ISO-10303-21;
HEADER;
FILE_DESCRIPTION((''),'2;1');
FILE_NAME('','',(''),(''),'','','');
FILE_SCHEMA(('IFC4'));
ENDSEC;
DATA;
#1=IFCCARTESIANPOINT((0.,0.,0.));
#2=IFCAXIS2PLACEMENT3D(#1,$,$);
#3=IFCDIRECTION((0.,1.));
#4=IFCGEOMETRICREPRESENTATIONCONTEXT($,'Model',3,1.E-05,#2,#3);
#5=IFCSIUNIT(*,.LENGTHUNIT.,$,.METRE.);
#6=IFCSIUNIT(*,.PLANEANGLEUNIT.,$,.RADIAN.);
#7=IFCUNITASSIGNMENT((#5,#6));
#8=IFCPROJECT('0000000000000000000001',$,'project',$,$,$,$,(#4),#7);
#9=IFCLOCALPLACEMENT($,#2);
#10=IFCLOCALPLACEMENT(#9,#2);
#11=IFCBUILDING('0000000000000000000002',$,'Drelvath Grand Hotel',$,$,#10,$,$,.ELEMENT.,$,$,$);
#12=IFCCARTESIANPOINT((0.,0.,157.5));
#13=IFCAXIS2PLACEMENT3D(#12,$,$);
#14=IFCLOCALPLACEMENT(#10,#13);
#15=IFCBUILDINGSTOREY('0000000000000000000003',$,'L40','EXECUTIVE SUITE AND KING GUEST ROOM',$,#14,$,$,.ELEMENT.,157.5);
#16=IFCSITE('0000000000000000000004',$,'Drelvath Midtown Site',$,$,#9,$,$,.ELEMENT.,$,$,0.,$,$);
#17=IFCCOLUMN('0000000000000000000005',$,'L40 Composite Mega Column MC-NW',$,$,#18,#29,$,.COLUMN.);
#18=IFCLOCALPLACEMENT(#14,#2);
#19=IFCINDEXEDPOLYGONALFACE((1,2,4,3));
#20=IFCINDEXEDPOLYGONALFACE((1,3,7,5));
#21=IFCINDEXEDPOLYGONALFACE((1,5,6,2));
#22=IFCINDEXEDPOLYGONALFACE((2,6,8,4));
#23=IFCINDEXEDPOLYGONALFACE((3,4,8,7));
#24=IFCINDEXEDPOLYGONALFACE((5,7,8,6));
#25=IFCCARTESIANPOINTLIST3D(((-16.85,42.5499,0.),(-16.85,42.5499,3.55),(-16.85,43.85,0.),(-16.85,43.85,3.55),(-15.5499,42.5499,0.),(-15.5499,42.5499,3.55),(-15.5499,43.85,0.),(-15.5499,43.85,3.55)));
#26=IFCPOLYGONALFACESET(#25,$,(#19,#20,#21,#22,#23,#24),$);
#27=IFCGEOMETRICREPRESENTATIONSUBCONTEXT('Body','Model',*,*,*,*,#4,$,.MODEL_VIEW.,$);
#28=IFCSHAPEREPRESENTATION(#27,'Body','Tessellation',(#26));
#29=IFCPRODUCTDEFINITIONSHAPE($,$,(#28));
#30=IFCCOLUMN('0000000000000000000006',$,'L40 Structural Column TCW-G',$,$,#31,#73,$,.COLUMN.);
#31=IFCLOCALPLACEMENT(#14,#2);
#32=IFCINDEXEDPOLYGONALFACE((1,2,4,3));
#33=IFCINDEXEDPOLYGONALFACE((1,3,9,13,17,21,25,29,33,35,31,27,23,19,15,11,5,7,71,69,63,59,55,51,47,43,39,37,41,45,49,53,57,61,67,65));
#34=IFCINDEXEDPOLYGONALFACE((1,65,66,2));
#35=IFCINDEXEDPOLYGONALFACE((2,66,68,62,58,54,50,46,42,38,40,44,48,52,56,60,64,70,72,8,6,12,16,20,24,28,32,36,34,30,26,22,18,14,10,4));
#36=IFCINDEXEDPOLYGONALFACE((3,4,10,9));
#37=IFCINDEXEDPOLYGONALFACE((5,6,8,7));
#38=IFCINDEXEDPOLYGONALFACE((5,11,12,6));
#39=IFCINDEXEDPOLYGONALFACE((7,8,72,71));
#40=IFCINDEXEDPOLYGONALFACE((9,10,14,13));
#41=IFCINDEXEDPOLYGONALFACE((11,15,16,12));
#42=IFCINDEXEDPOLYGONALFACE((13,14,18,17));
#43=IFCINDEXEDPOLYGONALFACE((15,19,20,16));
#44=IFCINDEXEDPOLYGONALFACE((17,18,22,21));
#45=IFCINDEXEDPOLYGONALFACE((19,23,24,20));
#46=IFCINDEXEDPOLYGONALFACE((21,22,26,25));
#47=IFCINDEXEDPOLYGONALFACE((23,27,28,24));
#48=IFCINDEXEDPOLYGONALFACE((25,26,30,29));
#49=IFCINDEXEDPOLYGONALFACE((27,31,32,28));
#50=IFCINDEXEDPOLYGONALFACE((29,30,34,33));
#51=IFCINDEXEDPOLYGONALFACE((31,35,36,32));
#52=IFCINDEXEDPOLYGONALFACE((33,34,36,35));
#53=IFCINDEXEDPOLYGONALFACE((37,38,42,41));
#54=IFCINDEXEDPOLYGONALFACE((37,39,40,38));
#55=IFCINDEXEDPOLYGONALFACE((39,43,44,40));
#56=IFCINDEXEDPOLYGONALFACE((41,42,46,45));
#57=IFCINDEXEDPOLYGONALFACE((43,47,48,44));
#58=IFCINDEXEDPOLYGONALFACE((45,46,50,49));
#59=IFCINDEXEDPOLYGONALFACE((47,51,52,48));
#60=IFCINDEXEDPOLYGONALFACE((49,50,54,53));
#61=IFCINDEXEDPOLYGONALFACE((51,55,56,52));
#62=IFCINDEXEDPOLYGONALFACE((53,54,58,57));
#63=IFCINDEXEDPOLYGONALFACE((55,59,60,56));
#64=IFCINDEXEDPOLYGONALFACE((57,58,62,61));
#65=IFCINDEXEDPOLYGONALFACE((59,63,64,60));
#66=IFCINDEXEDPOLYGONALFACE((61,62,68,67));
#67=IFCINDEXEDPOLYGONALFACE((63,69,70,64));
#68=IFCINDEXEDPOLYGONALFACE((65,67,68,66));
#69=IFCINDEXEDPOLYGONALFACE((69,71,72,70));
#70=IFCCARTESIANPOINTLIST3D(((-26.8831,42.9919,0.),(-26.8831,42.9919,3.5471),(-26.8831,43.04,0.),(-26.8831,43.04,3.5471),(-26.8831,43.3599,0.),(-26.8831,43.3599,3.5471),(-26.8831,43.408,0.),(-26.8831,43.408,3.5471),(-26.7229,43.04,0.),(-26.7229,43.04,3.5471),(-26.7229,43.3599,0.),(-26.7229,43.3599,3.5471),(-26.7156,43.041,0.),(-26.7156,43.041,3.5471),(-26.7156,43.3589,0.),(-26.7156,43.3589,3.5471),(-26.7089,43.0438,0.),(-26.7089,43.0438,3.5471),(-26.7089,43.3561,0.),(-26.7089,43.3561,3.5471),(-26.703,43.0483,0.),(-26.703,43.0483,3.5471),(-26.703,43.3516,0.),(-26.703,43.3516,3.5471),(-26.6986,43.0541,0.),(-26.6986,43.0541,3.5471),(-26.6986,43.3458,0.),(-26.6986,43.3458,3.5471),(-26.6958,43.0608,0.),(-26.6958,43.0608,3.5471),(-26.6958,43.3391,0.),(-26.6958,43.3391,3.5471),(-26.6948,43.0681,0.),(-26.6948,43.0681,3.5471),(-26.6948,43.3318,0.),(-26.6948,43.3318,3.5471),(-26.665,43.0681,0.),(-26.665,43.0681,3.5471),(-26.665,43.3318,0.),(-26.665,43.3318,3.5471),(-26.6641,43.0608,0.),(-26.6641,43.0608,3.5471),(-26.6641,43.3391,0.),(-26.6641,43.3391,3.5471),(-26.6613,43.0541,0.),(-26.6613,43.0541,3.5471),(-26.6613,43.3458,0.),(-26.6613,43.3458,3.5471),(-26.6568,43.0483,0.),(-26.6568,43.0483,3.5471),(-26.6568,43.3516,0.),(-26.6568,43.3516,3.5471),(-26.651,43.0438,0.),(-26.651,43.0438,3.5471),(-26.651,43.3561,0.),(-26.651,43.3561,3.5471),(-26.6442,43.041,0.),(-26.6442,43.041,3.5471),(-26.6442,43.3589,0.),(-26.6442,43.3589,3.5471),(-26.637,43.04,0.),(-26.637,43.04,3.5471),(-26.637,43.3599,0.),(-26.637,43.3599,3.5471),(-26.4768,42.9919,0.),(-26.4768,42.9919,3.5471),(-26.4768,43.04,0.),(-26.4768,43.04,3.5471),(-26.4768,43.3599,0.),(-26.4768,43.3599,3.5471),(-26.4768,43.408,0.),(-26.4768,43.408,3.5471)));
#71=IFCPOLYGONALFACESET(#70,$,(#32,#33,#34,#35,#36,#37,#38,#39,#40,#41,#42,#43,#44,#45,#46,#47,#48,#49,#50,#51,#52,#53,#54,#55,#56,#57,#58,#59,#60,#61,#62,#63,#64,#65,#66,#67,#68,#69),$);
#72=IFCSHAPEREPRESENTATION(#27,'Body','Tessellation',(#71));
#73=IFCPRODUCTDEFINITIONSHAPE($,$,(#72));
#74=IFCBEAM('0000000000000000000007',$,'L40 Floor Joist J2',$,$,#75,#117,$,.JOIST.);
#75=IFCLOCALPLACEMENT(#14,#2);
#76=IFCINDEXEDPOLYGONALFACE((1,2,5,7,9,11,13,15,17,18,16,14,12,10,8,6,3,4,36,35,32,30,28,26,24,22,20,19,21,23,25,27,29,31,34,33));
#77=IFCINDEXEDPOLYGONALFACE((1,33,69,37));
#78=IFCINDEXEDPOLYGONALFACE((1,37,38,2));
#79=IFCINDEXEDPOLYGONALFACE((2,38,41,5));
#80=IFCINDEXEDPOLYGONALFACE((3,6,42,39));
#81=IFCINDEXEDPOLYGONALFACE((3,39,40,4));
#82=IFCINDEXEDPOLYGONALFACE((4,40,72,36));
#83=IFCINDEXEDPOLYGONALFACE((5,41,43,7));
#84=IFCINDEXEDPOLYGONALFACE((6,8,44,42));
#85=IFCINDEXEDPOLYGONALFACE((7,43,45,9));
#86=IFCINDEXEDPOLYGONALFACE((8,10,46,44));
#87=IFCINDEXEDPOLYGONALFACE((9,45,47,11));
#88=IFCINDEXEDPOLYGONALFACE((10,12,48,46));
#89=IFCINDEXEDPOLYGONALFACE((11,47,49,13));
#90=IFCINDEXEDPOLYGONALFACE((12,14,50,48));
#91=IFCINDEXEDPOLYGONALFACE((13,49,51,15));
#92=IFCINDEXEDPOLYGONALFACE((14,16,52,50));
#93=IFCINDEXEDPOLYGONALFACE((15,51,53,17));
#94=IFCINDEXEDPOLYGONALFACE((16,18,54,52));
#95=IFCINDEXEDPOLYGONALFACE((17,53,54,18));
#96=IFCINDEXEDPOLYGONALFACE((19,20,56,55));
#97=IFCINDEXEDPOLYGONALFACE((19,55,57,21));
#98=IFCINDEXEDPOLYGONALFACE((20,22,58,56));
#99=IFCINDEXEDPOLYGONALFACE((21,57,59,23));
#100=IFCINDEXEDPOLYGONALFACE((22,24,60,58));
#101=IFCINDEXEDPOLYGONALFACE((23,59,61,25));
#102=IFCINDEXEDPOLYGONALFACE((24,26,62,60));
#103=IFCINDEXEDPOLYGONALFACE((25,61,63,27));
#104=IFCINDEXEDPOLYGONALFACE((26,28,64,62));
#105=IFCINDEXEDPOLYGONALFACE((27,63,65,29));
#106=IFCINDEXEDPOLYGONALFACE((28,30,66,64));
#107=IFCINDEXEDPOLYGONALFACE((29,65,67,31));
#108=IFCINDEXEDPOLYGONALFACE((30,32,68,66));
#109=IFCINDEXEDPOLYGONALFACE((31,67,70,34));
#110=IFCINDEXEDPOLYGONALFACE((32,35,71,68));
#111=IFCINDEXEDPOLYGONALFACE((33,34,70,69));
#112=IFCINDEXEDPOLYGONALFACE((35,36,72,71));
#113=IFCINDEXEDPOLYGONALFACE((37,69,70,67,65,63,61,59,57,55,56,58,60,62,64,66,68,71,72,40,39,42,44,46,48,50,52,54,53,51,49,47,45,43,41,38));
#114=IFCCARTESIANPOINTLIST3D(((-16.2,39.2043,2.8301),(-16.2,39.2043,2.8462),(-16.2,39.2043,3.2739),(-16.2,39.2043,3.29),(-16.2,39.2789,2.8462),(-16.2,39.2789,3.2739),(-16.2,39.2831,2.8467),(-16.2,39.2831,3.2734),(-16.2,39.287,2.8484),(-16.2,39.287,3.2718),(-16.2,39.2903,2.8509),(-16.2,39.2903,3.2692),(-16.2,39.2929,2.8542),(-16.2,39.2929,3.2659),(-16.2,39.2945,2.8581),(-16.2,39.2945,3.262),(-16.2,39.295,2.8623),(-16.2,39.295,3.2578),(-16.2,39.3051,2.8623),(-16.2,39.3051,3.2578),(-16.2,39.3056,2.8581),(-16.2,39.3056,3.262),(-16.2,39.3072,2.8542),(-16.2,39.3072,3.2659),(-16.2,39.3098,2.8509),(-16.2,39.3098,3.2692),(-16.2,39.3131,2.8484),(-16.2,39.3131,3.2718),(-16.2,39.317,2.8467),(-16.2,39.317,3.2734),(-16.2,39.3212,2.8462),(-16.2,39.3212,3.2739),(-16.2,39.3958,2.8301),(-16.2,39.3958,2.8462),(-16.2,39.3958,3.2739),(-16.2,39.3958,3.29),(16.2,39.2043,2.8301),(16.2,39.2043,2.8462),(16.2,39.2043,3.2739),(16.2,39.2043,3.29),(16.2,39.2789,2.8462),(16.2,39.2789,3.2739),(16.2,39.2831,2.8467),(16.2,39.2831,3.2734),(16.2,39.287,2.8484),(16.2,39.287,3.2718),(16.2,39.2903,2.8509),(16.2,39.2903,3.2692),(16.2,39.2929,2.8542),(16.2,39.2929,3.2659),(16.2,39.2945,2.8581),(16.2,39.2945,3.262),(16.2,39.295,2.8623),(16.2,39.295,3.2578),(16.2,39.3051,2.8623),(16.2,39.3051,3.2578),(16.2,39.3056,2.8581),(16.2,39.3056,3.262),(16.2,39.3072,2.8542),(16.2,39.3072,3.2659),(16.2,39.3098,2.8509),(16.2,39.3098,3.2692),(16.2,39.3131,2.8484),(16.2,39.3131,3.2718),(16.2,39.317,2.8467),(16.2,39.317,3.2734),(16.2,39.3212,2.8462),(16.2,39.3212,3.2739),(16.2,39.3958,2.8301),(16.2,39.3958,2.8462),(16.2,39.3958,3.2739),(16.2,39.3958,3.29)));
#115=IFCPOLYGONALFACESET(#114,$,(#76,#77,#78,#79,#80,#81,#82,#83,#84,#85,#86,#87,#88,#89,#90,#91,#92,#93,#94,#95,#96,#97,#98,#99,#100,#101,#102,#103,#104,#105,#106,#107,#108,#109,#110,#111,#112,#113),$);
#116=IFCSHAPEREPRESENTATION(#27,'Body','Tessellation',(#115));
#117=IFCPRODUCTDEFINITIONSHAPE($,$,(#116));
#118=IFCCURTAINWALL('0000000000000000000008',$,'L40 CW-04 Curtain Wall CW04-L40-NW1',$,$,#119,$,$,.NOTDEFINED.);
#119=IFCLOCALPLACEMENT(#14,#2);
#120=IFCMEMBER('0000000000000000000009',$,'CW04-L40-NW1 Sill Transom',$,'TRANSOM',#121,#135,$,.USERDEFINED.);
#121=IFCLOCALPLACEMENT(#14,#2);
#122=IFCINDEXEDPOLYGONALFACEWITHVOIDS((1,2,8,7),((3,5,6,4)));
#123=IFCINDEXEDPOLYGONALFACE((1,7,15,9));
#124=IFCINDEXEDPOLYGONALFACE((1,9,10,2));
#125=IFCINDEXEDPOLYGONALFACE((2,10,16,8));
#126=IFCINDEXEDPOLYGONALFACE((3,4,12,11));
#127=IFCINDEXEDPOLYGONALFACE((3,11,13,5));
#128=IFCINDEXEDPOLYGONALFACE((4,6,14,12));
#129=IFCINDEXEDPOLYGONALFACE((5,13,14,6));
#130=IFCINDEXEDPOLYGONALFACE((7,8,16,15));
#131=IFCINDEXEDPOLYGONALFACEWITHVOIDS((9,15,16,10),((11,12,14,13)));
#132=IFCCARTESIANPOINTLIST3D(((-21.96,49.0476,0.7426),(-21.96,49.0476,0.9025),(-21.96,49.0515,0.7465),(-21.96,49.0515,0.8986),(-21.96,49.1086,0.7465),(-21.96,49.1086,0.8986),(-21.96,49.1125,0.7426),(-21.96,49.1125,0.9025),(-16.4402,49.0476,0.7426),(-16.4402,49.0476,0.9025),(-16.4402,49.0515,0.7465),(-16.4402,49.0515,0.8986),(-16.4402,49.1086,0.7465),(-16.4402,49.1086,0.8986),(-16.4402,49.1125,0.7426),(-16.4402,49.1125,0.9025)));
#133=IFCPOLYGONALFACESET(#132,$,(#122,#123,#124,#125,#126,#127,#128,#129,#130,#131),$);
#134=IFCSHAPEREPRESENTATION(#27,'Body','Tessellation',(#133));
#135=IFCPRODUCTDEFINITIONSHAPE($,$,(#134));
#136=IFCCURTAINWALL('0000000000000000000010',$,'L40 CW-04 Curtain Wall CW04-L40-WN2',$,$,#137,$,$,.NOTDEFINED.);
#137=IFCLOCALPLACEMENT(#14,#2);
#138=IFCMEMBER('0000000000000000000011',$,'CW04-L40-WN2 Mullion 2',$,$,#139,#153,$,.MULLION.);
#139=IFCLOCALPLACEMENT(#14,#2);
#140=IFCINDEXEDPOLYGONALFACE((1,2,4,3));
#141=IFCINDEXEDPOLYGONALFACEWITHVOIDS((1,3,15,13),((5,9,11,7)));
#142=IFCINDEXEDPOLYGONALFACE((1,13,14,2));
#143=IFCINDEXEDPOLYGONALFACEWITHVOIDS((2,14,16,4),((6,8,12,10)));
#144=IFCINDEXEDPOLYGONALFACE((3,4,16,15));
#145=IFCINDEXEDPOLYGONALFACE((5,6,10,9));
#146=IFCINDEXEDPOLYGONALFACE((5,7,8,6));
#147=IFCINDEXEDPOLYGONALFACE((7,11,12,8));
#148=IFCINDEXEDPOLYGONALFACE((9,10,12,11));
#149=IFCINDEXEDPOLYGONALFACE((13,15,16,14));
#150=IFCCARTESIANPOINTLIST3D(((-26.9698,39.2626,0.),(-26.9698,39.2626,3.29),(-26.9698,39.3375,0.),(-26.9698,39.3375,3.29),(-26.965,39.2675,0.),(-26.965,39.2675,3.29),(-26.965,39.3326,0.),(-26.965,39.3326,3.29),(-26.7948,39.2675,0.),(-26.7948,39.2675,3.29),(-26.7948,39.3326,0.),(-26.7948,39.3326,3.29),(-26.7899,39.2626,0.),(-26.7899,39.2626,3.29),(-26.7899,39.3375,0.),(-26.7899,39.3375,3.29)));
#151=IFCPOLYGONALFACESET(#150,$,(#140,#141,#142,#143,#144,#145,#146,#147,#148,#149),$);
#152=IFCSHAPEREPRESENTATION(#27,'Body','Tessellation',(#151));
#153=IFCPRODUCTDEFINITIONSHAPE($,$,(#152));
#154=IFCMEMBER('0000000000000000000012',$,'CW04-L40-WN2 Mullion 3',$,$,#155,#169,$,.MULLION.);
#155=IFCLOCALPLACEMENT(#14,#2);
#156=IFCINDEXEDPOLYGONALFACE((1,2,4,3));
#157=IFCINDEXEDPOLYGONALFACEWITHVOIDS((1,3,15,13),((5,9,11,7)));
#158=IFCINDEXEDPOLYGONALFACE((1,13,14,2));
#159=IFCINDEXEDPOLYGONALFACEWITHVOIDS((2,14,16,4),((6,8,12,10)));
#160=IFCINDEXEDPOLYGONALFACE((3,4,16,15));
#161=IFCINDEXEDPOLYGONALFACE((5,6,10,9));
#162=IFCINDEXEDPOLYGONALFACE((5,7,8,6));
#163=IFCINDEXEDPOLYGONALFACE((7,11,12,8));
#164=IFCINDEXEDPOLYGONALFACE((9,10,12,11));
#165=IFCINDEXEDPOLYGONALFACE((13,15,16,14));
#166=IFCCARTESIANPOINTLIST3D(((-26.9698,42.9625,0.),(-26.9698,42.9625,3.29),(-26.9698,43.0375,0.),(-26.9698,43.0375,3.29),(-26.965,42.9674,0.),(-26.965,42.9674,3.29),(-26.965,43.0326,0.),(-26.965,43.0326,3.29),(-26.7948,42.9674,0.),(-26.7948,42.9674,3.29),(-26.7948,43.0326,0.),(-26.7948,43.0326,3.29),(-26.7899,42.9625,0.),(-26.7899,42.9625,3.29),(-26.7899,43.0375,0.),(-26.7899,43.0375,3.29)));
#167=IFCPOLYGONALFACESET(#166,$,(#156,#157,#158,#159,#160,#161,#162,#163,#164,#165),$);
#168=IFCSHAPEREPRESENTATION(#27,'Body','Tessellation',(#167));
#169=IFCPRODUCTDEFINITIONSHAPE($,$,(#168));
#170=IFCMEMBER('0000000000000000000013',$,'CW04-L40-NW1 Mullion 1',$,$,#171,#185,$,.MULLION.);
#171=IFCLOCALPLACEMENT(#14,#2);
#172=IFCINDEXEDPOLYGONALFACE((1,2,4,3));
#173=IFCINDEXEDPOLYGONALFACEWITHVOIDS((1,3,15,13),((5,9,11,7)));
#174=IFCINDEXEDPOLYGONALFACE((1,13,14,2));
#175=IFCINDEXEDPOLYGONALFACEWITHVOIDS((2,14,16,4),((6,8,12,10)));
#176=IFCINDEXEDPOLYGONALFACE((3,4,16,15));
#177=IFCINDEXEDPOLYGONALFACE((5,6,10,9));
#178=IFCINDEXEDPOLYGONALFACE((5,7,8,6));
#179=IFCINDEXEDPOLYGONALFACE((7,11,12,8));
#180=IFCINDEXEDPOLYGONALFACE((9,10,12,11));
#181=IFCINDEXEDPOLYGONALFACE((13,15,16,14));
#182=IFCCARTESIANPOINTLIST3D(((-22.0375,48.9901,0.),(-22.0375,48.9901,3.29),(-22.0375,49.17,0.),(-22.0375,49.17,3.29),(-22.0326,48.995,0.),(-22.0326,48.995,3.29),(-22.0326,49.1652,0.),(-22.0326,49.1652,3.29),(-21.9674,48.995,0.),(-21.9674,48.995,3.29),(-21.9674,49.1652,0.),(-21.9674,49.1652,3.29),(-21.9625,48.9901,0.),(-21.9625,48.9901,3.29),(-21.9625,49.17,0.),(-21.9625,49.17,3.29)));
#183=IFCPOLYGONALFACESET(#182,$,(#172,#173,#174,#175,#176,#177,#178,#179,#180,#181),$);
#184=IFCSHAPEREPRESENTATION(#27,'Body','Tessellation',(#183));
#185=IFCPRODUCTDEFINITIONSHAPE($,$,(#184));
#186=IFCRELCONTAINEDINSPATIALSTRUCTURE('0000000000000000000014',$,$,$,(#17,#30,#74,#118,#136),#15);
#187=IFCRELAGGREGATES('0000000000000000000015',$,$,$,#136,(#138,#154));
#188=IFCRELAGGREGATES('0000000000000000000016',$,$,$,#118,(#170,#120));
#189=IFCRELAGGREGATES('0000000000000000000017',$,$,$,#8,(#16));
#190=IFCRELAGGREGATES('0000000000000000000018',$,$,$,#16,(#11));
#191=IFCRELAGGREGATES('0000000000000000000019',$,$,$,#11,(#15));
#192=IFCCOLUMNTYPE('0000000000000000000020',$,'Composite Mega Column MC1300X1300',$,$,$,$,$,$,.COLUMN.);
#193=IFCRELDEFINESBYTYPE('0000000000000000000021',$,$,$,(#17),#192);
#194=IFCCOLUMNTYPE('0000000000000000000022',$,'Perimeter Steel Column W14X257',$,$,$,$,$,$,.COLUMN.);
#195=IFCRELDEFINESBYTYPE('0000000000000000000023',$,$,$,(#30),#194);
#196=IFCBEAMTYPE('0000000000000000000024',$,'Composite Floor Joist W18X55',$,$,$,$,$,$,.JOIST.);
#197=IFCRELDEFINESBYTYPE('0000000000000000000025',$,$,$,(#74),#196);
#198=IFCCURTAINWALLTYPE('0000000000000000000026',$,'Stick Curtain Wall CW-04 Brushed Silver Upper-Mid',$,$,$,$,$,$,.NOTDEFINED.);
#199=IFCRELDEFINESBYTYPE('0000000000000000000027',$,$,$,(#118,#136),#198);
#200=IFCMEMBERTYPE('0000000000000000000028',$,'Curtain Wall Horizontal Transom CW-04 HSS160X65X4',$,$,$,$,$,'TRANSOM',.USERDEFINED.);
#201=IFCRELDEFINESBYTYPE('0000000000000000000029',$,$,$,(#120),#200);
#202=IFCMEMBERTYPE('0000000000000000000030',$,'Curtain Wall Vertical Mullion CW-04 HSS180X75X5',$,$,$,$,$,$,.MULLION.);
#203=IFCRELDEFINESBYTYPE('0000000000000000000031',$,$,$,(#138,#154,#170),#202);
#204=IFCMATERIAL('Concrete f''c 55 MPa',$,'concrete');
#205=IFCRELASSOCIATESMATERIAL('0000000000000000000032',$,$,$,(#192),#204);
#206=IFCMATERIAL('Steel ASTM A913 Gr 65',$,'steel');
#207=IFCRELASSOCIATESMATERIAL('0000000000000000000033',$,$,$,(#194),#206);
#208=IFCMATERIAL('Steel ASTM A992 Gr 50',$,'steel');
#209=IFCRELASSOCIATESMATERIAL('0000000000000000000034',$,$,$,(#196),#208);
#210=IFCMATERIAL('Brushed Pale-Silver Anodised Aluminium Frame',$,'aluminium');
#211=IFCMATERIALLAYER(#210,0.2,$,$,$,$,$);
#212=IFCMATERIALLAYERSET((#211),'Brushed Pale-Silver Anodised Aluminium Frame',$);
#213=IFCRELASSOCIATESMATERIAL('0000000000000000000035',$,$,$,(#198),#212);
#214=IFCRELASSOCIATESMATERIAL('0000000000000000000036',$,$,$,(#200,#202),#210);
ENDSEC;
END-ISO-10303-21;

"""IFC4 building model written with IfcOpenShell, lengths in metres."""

from ifc_helpers import new_model, si_unit, direction, frame, origin, origin_2d, place, context, subcontext, project, spatial, rectangle, hollow_rectangle, i_section, extrude, material, layer, layer_set, material_profile, profile_set, type_object, element, aggregate, save


model = new_model("IFC4")

# Units and contexts
model_context = context("Model", 3, precision=1e-05, world=origin(), true_north=direction((0.0, 1.0)))
body_context = subcontext(model_context, "Body", "Model", "MODEL_VIEW")
ifc_project = project(units=[si_unit("LENGTHUNIT", "METRE"), si_unit("PLANEANGLEUNIT", "RADIAN")], contexts=[model_context])

# Site, building, storey
site_placement = place(None, origin())
site = spatial("IfcSite", under=ifc_project, at=site_placement, Name="Drelvath Midtown Site", CompositionType="ELEMENT", RefElevation=0.0)
building_placement = place(site_placement, origin())
building = spatial("IfcBuilding", under=site, at=building_placement, Name="Drelvath Grand Hotel", CompositionType="ELEMENT")
storey_placement = place(building_placement, frame((0.0, 0.0, 157.5)))
storey = spatial("IfcBuildingStorey", under=building, at=storey_placement, Name="L40", Description="EXECUTIVE SUITE AND KING GUEST ROOM", CompositionType="ELEMENT", Elevation=157.5)

# Columns
ifc_material_1 = material(Name="Concrete f'c 55 MPa", Category="concrete")
ifc_material_profile_1 = material_profile(ifc_material_1, rectangle(XDim=1.3, YDim=1.3, at=origin_2d()), Name="MC1300X1300")
ifc_profile_set_1 = profile_set([ifc_material_profile_1], Name="Concrete f'c 55 MPa")
column_type_1 = type_object("IfcColumnType", Name="Composite Mega Column MC1300X1300", PredefinedType="COLUMN", material=ifc_profile_set_1)
column_1_placement = place(storey_placement, frame((-16.2, 43.2, 0.0), z_axis=(0.0, 0.0, 1.0), x_axis=(1.0, 0.0, 0.0)))
element("IfcColumn", 1, at=column_1_placement, inside=storey, type_object=column_type_1, Name="L40 Composite Mega Column MC-NW", PredefinedType="COLUMN", context=body_context, shape_type="SweptSolid", body=[
    extrude(rectangle(XDim=1.3, YDim=1.3, at=origin_2d()), origin(), (0.0, 0.0, 1.0), 3.55),
])
ifc_material_2 = material(Name="Steel ASTM A913 Gr 65", Category="steel")
ifc_material_profile_2 = material_profile(ifc_material_2, i_section(OverallWidth=0.4062, OverallDepth=0.416, WebThickness=0.0298, FlangeThickness=0.0481, FilletRadius=0.0281, at=origin_2d()), Name="W14X257")
ifc_profile_set_2 = profile_set([ifc_material_profile_2], Name="Steel ASTM A913 Gr 65")
column_type_2 = type_object("IfcColumnType", Name="Perimeter Steel Column W14X257", PredefinedType="COLUMN", material=ifc_profile_set_2)
column_2_placement = place(storey_placement, frame((-26.6799, 43.2, 0.0), z_axis=(0.0, 0.0, 1.0), x_axis=(1.0, 0.0, 0.0)))
element("IfcColumn", 2, at=column_2_placement, inside=storey, type_object=column_type_2, Name="L40 Structural Column TCW-G", PredefinedType="COLUMN", context=body_context, shape_type="SweptSolid", body=[
    extrude(i_section(OverallWidth=0.4062, OverallDepth=0.416, WebThickness=0.0298, FlangeThickness=0.0481, FilletRadius=0.0281, at=origin_2d()), origin(), (0.0, 0.0, 1.0), 3.5471),
])

# Beam
ifc_material_3 = material(Name="Steel ASTM A992 Gr 50", Category="steel")
ifc_material_profile_3 = material_profile(ifc_material_3, i_section(OverallWidth=0.1914, OverallDepth=0.46, WebThickness=0.01, FlangeThickness=0.0161, FilletRadius=0.0161, at=origin_2d()), Name="W18X55")
ifc_profile_set_3 = profile_set([ifc_material_profile_3], Name="Steel ASTM A992 Gr 50")
beam_type_1 = type_object("IfcBeamType", Name="Composite Floor Joist W18X55", PredefinedType="JOIST", material=ifc_profile_set_3)
beam_1_placement = place(storey_placement, frame((-16.2, 39.3, 3.0601), z_axis=(1.0, 0.0, 0.0), x_axis=(0.0, 1.0, 0.0)))
element("IfcBeam", 3, at=beam_1_placement, inside=storey, type_object=beam_type_1, Name="L40 Floor Joist J2", PredefinedType="JOIST", context=body_context, shape_type="SweptSolid", body=[
    extrude(i_section(OverallWidth=0.1914, OverallDepth=0.46, WebThickness=0.01, FlangeThickness=0.0161, FilletRadius=0.0161, at=origin_2d()), origin(), (0.0, 0.0, 1.0), 32.3999),
])

# Curtain wall, member
ifc_material_4 = material(Name="Brushed Pale-Silver Anodised Aluminium Frame", Category="aluminium")
ifc_layer_1 = layer(ifc_material_4, 0.2)
ifc_layer_set_1 = layer_set([ifc_layer_1], Name="Brushed Pale-Silver Anodised Aluminium Frame")
curtain_wall_type = type_object("IfcCurtainWallType", Name="Stick Curtain Wall CW-04 Brushed Silver Upper-Mid", PredefinedType="NOTDEFINED", material=ifc_layer_set_1)
curtain_wall_1_placement = place(storey_placement, origin())
curtain_wall_1 = element("IfcCurtainWall", 4, at=curtain_wall_1_placement, inside=storey, type_object=curtain_wall_type, Name="L40 CW-04 Curtain Wall CW04-L40-NW1", PredefinedType="NOTDEFINED")
ifc_material_profile_4 = material_profile(ifc_material_4, hollow_rectangle(XDim=0.0649, YDim=0.1599, WallThickness=0.0039, at=origin_2d()), Name="HSS160X65X4")
ifc_profile_set_4 = profile_set([ifc_material_profile_4], Name="Brushed Pale-Silver Anodised Aluminium Frame")
member_type_1 = type_object("IfcMemberType", Name="Curtain Wall Horizontal Transom CW-04 HSS160X65X4", ElementType="TRANSOM", PredefinedType="USERDEFINED", material=ifc_profile_set_4)
member_1_placement = place(storey_placement, frame((-21.96, 49.0801, 0.8225), z_axis=(1.0, 0.0, 0.0), x_axis=(0.0, 1.0, 0.0)))
member_1 = element("IfcMember", 5, at=member_1_placement, type_object=member_type_1, Name="CW04-L40-NW1 Sill Transom", ObjectType="TRANSOM", PredefinedType="USERDEFINED", context=body_context, shape_type="SweptSolid", body=[
    extrude(hollow_rectangle(XDim=0.0649, YDim=0.1599, WallThickness=0.0039, at=origin_2d()), origin(), (0.0, 0.0, 1.0), 5.5198),
])

# Curtain wall, members
curtain_wall_2_placement = place(storey_placement, origin())
curtain_wall_2 = element("IfcCurtainWall", 6, at=curtain_wall_2_placement, inside=storey, type_object=curtain_wall_type, Name="L40 CW-04 Curtain Wall CW04-L40-WN2", PredefinedType="NOTDEFINED")
ifc_material_profile_5 = material_profile(ifc_material_4, hollow_rectangle(XDim=0.075, YDim=0.1799, WallThickness=0.0049, at=origin_2d()), Name="HSS180X75X5")
ifc_profile_set_5 = profile_set([ifc_material_profile_5], Name="Brushed Pale-Silver Anodised Aluminium Frame")
member_type_2 = type_object("IfcMemberType", Name="Curtain Wall Vertical Mullion CW-04 HSS180X75X5", PredefinedType="MULLION", material=ifc_profile_set_5)
member_2_placement = place(storey_placement, frame((-26.8799, 39.3, 0.0), z_axis=(0.0, 0.0, 1.0), x_axis=(0.0, 1.0, 0.0)))
member_2 = element("IfcMember", 7, at=member_2_placement, type_object=member_type_2, Name="CW04-L40-WN2 Mullion 2", PredefinedType="MULLION", context=body_context, shape_type="SweptSolid", body=[
    extrude(hollow_rectangle(XDim=0.075, YDim=0.1799, WallThickness=0.0049, at=origin_2d()), origin(), (0.0, 0.0, 1.0), 3.29),
])
member_3_placement = place(storey_placement, frame((-26.8799, 43.0, 0.0), z_axis=(0.0, 0.0, 1.0), x_axis=(0.0, 1.0, 0.0)))
member_3 = element("IfcMember", 8, at=member_3_placement, type_object=member_type_2, Name="CW04-L40-WN2 Mullion 3", PredefinedType="MULLION", context=body_context, shape_type="SweptSolid", body=[
    extrude(hollow_rectangle(XDim=0.075, YDim=0.1799, WallThickness=0.0049, at=origin_2d()), origin(), (0.0, 0.0, 1.0), 3.29),
])

# Member
member_4_placement = place(storey_placement, frame((-22.0, 49.0801, 0.0), z_axis=(0.0, 0.0, 1.0), x_axis=(1.0, 0.0, 0.0)))
member_4 = element("IfcMember", 9, at=member_4_placement, type_object=member_type_2, Name="CW04-L40-NW1 Mullion 1", PredefinedType="MULLION", context=body_context, shape_type="SweptSolid", body=[
    extrude(hollow_rectangle(XDim=0.075, YDim=0.1799, WallThickness=0.0049, at=origin_2d()), origin(), (0.0, 0.0, 1.0), 3.29),
])

aggregate(curtain_wall_2, [member_2, member_3])
aggregate(curtain_wall_1, [member_4, member_1])

save(model, "model.ifc")
